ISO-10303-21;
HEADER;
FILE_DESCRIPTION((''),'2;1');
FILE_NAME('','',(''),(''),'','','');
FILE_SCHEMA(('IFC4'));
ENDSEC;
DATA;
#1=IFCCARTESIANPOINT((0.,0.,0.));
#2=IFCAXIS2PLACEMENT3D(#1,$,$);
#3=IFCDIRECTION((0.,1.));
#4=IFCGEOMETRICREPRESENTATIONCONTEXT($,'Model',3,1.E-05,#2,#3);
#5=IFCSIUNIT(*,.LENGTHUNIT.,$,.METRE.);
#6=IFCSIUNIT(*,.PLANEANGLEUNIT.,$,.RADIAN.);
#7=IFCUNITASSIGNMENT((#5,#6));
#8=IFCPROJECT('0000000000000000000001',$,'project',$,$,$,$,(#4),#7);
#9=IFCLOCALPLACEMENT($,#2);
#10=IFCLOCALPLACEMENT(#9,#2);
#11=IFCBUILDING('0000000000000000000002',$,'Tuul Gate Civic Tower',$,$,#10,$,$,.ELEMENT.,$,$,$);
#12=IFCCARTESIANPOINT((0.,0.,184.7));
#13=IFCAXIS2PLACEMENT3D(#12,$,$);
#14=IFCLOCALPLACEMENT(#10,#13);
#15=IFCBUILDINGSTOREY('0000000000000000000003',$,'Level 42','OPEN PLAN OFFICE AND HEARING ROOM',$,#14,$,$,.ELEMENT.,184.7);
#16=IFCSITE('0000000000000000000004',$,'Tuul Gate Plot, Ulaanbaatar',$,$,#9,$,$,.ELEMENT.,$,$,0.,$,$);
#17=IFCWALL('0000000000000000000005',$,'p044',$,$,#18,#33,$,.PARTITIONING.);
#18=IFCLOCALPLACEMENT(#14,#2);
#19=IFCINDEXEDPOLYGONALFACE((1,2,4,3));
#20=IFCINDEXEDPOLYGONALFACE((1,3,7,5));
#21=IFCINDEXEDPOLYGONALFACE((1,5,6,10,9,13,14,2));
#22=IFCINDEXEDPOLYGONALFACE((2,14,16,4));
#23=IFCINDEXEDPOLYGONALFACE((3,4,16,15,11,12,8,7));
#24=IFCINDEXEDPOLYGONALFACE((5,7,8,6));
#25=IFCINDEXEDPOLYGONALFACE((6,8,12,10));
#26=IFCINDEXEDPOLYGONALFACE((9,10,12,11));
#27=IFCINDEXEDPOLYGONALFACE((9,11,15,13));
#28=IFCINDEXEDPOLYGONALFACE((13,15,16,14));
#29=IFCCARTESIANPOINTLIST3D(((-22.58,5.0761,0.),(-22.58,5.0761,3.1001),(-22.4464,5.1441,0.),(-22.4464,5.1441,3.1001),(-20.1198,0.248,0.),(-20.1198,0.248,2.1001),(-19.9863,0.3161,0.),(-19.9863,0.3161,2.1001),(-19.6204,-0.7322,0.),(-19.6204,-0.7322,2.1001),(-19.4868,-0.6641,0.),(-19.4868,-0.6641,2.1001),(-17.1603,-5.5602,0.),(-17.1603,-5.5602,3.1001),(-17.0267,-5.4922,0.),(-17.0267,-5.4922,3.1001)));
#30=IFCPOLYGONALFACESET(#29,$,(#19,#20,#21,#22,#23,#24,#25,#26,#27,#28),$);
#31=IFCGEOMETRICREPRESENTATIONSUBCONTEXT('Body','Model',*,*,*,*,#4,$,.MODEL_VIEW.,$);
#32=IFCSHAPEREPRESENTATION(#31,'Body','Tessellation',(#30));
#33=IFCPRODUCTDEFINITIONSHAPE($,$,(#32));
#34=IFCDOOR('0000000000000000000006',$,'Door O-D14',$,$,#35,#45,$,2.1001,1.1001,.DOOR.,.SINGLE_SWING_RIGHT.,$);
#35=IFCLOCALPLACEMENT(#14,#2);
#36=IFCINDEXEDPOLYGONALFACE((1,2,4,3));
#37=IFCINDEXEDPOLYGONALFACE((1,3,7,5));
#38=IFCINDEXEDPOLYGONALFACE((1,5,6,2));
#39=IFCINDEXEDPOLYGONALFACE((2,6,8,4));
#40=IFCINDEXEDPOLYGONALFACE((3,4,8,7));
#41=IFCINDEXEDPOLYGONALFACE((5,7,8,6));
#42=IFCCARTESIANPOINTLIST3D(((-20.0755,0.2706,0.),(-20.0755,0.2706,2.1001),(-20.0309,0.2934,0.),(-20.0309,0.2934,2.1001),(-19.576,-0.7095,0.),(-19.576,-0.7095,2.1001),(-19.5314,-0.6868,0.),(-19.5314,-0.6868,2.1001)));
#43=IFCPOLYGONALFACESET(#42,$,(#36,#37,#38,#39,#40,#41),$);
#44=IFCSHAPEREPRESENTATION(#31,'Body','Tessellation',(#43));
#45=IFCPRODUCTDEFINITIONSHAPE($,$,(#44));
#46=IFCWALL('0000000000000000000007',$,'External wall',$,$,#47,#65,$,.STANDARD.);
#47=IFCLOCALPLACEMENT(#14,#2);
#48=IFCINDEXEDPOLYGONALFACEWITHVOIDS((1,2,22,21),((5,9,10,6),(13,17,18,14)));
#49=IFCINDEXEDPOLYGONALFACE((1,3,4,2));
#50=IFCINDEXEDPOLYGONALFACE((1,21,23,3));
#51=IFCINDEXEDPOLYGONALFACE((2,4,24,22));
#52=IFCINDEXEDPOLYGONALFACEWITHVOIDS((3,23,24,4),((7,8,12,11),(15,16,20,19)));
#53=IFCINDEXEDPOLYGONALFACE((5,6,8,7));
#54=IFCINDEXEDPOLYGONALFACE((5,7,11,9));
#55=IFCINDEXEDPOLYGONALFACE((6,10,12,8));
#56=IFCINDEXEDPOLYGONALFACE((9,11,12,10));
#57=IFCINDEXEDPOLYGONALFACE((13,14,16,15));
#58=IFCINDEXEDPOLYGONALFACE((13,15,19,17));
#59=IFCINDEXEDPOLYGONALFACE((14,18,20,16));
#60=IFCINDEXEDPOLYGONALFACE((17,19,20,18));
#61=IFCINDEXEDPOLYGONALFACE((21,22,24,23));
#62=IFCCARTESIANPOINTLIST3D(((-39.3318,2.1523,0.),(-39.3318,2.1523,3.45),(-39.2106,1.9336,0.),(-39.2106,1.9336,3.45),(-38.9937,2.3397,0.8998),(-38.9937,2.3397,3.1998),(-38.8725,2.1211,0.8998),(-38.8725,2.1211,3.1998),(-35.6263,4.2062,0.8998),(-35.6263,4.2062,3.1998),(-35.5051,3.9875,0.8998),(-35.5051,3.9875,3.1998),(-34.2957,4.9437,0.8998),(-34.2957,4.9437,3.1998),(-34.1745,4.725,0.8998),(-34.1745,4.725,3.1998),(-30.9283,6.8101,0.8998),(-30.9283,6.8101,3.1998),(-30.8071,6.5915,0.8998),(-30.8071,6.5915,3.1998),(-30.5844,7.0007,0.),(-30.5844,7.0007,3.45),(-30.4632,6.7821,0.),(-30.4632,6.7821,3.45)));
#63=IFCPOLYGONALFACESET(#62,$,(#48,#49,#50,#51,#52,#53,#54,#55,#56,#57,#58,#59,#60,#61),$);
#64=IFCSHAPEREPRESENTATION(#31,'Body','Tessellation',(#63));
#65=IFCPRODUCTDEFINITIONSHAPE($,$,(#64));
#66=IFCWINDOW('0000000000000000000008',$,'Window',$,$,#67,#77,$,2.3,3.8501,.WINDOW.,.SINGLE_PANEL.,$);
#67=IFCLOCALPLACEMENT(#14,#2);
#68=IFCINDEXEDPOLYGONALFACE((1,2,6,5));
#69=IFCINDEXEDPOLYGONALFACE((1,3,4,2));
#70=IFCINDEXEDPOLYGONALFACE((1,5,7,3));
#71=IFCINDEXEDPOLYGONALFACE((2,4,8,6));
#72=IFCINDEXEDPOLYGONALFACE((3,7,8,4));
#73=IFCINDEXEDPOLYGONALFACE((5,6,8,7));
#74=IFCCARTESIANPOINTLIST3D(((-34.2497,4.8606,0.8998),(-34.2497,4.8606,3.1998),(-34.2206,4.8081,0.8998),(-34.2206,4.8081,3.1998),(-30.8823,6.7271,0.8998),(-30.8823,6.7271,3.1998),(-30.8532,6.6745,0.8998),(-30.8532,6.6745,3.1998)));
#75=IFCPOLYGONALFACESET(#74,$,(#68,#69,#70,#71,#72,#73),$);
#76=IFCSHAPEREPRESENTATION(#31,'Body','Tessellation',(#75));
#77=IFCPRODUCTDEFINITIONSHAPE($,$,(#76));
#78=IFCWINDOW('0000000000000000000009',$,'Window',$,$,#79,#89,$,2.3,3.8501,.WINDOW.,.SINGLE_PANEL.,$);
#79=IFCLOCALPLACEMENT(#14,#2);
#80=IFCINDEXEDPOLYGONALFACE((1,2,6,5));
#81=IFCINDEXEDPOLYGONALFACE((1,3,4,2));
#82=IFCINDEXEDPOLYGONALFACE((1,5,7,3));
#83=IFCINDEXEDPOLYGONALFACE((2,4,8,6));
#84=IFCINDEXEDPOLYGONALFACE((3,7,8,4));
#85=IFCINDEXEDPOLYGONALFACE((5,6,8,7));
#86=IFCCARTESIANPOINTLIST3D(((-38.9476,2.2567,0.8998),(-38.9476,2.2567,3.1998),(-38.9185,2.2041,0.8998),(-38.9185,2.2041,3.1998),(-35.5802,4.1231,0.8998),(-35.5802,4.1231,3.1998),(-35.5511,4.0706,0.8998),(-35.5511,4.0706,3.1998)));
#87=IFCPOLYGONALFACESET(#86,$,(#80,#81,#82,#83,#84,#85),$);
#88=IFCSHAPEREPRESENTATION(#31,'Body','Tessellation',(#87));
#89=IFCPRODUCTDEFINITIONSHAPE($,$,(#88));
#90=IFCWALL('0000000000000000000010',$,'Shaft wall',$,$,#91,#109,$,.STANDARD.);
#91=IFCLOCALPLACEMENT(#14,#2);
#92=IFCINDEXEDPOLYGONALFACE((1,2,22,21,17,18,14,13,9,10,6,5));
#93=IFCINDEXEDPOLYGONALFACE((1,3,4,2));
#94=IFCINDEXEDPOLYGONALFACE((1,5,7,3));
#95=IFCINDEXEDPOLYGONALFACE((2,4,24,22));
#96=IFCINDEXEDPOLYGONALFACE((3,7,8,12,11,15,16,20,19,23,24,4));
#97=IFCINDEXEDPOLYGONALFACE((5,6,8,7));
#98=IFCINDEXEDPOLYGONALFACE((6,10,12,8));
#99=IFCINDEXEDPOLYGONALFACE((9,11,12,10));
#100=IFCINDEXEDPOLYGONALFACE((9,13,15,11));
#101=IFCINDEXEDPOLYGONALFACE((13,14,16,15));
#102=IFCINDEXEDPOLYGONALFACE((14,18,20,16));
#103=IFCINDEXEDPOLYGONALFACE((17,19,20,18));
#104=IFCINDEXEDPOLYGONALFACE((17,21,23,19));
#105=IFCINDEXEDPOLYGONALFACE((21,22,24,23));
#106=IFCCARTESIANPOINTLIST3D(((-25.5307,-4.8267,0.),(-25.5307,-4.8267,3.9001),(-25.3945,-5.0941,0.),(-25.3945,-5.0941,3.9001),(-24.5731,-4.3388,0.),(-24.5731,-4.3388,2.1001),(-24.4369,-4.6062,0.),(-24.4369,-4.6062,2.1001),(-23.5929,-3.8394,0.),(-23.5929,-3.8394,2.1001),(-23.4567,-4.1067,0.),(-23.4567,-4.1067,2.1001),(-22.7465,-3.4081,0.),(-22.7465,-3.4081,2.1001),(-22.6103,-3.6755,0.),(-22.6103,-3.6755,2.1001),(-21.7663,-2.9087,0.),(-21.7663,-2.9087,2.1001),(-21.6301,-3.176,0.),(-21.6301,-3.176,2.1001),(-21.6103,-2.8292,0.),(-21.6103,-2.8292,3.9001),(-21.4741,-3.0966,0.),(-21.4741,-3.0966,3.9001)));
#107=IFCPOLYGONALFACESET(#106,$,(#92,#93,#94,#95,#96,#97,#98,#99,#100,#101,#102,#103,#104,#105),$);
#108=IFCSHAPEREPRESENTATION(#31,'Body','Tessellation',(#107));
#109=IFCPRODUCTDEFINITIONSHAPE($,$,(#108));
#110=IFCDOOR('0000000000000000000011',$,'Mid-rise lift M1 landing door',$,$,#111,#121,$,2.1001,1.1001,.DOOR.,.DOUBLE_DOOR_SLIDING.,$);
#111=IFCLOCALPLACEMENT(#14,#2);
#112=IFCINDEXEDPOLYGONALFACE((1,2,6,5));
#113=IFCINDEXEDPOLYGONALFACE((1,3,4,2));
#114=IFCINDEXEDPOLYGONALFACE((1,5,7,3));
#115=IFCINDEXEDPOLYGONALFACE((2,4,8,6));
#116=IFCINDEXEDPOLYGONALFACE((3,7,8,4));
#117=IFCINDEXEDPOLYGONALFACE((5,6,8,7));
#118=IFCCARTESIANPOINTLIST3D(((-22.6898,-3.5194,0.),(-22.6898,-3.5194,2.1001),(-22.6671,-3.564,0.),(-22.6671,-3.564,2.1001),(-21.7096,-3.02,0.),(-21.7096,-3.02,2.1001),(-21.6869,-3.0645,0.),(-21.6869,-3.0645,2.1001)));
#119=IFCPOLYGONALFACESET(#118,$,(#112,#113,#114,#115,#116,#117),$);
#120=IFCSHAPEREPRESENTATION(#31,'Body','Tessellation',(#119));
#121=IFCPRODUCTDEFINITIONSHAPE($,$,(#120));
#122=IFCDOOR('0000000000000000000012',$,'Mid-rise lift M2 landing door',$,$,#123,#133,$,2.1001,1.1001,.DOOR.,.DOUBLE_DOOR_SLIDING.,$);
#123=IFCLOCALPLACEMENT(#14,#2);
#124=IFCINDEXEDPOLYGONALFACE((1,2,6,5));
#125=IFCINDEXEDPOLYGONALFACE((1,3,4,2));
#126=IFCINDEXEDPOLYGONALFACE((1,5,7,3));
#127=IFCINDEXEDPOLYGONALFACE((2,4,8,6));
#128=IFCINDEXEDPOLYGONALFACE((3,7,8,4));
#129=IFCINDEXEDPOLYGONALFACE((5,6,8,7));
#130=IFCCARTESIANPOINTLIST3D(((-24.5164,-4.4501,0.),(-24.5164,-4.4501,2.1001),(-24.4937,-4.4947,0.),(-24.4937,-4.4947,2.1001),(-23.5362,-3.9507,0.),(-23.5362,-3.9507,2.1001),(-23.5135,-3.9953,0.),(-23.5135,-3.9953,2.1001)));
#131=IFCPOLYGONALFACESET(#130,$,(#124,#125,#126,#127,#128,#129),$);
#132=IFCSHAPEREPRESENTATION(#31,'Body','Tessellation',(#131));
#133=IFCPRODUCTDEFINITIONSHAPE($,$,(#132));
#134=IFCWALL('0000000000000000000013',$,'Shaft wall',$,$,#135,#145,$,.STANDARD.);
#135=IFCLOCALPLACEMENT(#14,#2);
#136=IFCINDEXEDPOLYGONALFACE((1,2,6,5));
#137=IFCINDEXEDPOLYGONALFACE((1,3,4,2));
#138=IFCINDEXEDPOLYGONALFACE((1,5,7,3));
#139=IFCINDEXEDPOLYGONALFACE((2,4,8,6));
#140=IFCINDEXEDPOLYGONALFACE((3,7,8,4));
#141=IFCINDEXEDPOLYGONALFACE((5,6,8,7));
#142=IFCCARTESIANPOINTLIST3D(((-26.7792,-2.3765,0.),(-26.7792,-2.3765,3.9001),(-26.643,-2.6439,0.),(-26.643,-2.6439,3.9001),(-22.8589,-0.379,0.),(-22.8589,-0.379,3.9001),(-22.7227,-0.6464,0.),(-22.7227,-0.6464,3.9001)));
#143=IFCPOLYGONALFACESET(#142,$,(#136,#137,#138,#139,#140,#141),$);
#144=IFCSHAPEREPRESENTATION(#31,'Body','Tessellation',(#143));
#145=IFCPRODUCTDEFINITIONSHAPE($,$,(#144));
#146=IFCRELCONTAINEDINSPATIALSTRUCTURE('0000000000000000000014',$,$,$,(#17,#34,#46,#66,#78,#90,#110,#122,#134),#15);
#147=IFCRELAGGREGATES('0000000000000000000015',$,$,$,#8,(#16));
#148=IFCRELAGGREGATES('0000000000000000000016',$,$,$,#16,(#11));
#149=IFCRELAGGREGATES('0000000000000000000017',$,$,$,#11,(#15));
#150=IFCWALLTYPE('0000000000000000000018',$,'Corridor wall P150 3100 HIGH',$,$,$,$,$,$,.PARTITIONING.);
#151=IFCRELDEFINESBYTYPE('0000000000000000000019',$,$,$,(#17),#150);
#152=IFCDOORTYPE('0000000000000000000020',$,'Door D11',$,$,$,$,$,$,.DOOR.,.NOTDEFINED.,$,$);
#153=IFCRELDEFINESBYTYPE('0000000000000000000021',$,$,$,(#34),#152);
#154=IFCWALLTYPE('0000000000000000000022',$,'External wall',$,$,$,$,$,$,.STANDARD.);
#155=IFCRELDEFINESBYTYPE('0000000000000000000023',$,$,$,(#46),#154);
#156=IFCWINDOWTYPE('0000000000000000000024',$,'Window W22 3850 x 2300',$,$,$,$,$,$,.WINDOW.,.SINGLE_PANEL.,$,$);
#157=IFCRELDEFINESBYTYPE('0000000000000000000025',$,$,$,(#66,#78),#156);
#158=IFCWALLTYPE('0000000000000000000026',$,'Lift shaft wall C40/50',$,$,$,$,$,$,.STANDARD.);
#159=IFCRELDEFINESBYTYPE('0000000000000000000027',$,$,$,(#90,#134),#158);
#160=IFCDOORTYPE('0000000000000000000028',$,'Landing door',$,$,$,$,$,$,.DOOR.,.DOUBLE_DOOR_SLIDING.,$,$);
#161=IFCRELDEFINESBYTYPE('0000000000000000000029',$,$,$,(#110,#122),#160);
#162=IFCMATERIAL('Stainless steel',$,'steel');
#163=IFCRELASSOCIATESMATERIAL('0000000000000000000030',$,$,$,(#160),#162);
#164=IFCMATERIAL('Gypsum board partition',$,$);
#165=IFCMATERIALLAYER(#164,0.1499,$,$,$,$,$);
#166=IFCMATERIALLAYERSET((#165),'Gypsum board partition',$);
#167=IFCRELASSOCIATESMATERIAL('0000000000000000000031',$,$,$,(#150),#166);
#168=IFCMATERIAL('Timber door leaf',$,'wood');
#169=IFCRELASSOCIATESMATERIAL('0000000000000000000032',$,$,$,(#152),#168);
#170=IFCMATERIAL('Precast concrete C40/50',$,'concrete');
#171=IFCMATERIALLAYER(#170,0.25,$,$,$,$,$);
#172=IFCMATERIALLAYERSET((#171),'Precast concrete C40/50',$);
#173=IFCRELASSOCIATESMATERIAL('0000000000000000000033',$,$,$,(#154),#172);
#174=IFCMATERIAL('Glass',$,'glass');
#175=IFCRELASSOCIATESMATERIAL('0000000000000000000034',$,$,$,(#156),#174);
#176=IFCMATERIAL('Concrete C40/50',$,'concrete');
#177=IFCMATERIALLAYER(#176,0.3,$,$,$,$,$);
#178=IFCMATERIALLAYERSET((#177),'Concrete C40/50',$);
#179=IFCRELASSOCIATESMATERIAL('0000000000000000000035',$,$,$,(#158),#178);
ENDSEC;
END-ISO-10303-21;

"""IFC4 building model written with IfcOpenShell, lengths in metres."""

from ifc_helpers import new_model, si_unit, direction, frame, frame_2d, origin, place, context, subcontext, project, spatial, rectangle, extrude, material, layer, layer_set, type_object, element, fill, save


model = new_model("IFC4")

# Units and contexts
model_context = context("Model", 3, precision=1e-05, world=origin(), true_north=direction((0.0, 1.0)))
body_context = subcontext(model_context, "Body", "Model", "MODEL_VIEW")
ifc_project = project(units=[si_unit("LENGTHUNIT", "METRE"), si_unit("PLANEANGLEUNIT", "RADIAN")], contexts=[model_context])

# Site, building, storey
site_placement = place(None, origin())
site = spatial("IfcSite", under=ifc_project, at=site_placement, Name="Tuul Gate Plot, Ulaanbaatar", CompositionType="ELEMENT", RefElevation=0.0)
building_placement = place(site_placement, origin())
building = spatial("IfcBuilding", under=site, at=building_placement, Name="Tuul Gate Civic Tower", CompositionType="ELEMENT")
storey_placement = place(building_placement, frame((0.0, 0.0, 184.7)))
storey = spatial("IfcBuildingStorey", under=building, at=storey_placement, Name="Level 42", Description="OPEN PLAN OFFICE AND HEARING ROOM", CompositionType="ELEMENT", Elevation=184.7)

# Shared definitions
ifc_material_1 = material(Name="Stainless steel", Category="steel")
door_type_1 = type_object("IfcDoorType", Name="Landing door", OperationType="DOUBLE_DOOR_SLIDING", PredefinedType="DOOR", material=ifc_material_1)

# Wall, opening, door
ifc_material_2 = material(Name="Gypsum board partition")
ifc_layer_1 = layer(ifc_material_2, 0.1499)
ifc_layer_set_1 = layer_set([ifc_layer_1], Name="Gypsum board partition")
wall_type_1 = type_object("IfcWallType", Name="Corridor wall P150 3100 HIGH", PredefinedType="PARTITIONING", material=ifc_layer_set_1)
wall_1_placement = place(storey_placement, frame((-22.5132, 5.1101, 0.0), z_axis=(0.0, 0.0, 1.0), x_axis=(0.454007, -0.890998, 0.0)))
wall_1 = element("IfcWall", 1, at=wall_1_placement, inside=storey, type_object=wall_type_1, Name="p044", PredefinedType="PARTITIONING", context=body_context, shape_type="SweptSolid", body=[
    extrude(rectangle(XDim=11.9375, YDim=0.1499, at=frame_2d((5.9688, 0.0))), origin(), (0.0, 0.0, 1.0), 3.1001),
])
opening_1_placement = place(wall_1_placement, frame((5.4187, 0.0, 0.0)))
opening_1 = element("IfcOpeningElement", 2, at=opening_1_placement, cuts=wall_1, PredefinedType="OPENING", context=body_context, shape_type="SweptSolid", body=[
    extrude(rectangle(XDim=1.1001, YDim=2.1001, at=frame_2d((0.55, 1.05))), frame((0.0, 0.085, 0.0), z_axis=(0.0, -1.0, 0.0), x_axis=(1.0, 0.0, 0.0)), (0.0, 0.0, 1.0), 0.1699),
])
ifc_material_3 = material(Name="Timber door leaf", Category="wood")
door_type_2 = type_object("IfcDoorType", Name="Door D11", OperationType="NOTDEFINED", PredefinedType="DOOR", material=ifc_material_3)
door_1_placement = place(opening_1_placement, origin())
door_1 = element("IfcDoor", 3, at=door_1_placement, inside=storey, type_object=door_type_2, Name="Door O-D14", OperationType="SINGLE_SWING_RIGHT", OverallHeight=2.1001, OverallWidth=1.1001, PredefinedType="DOOR", context=body_context, shape_type="SweptSolid", body=[
    extrude(rectangle(XDim=1.1001, YDim=2.1001, at=frame_2d((0.55, 1.05))), frame((0.0, 0.0249, 0.0), z_axis=(0.0, -1.0, 0.0), x_axis=(1.0, 0.0, 0.0)), (0.0, 0.0, 1.0), 0.05),
])
fill(opening_1, door_1)

# Wall, openings, windows
ifc_material_4 = material(Name="Precast concrete C40/50", Category="concrete")
ifc_layer_2 = layer(ifc_material_4, 0.25)
ifc_layer_set_2 = layer_set([ifc_layer_2], Name="Precast concrete C40/50")
wall_type_2 = type_object("IfcWallType", Name="External wall", PredefinedType="STANDARD", material=ifc_layer_set_2)
wall_2_placement = place(storey_placement, frame((-30.5239, 6.8914, 0.0), z_axis=(0.0, 0.0, 1.0), x_axis=(-0.874634, -0.484785, 0.0)))
wall_2 = element("IfcWall", 4, at=wall_2_placement, inside=storey, type_object=wall_type_2, Name="External wall", PredefinedType="STANDARD", context=body_context, shape_type="SweptSolid", body=[
    extrude(rectangle(XDim=10.0012, YDim=0.25, at=frame_2d((5.0005, 0.0))), origin(), (0.0, 0.0, 1.0), 3.45),
])
opening_2_placement = place(wall_2_placement, frame((0.3931, 0.0, 0.8999)))
opening_2 = element("IfcOpeningElement", 5, at=opening_2_placement, cuts=wall_2, PredefinedType="OPENING", context=body_context, shape_type="SweptSolid", body=[
    extrude(rectangle(XDim=3.8501, YDim=2.3, at=frame_2d((1.925, 1.1499))), frame((0.0, 0.135, 0.0), z_axis=(0.0, -1.0, 0.0), x_axis=(1.0, 0.0, 0.0)), (0.0, 0.0, 1.0), 0.27),
])
opening_3_placement = place(wall_2_placement, frame((5.7644, 0.0, 0.8999)))
opening_3 = element("IfcOpeningElement", 6, at=opening_3_placement, cuts=wall_2, PredefinedType="OPENING", context=body_context, shape_type="SweptSolid", body=[
    extrude(rectangle(XDim=3.8501, YDim=2.3, at=frame_2d((1.925, 1.1499))), frame((0.0, 0.135, 0.0), z_axis=(0.0, -1.0, 0.0), x_axis=(1.0, 0.0, 0.0)), (0.0, 0.0, 1.0), 0.27),
])
ifc_material_5 = material(Name="Glass", Category="glass")
window_type = type_object("IfcWindowType", Name="Window W22 3850 x 2300", PartitioningType="SINGLE_PANEL", PredefinedType="WINDOW", material=ifc_material_5)
window_1_placement = place(opening_2_placement, origin())
window_1 = element("IfcWindow", 7, at=window_1_placement, inside=storey, type_object=window_type, Name="Window", OverallHeight=2.3, OverallWidth=3.8501, PartitioningType="SINGLE_PANEL", PredefinedType="WINDOW", context=body_context, shape_type="SweptSolid", body=[
    extrude(rectangle(XDim=3.8501, YDim=2.3, at=frame_2d((1.925, 1.1499))), frame((0.0, 0.03, 0.0), z_axis=(0.0, -1.0, 0.0), x_axis=(1.0, 0.0, 0.0)), (0.0, 0.0, 1.0), 0.0601),
])
fill(opening_2, window_1)
window_2_placement = place(opening_3_placement, origin())
window_2 = element("IfcWindow", 8, at=window_2_placement, inside=storey, type_object=window_type, Name="Window", OverallHeight=2.3, OverallWidth=3.8501, PartitioningType="SINGLE_PANEL", PredefinedType="WINDOW", context=body_context, shape_type="SweptSolid", body=[
    extrude(rectangle(XDim=3.8501, YDim=2.3, at=frame_2d((1.925, 1.1499))), frame((0.0, 0.03, 0.0), z_axis=(0.0, -1.0, 0.0), x_axis=(1.0, 0.0, 0.0)), (0.0, 0.0, 1.0), 0.0601),
])
fill(opening_3, window_2)

# Wall, openings, doors
ifc_material_6 = material(Name="Concrete C40/50", Category="concrete")
ifc_layer_3 = layer(ifc_material_6, 0.3)
ifc_layer_set_3 = layer_set([ifc_layer_3], Name="Concrete C40/50")
wall_type_3 = type_object("IfcWallType", Name="Lift shaft wall C40/50", PredefinedType="STANDARD", material=ifc_layer_set_3)
wall_3_placement = place(storey_placement, frame((-21.5422, -2.9629, 0.0), z_axis=(0.0, 0.0, 1.0), x_axis=(-0.891006, -0.453992, 0.0)))
wall_3 = element("IfcWall", 9, at=wall_3_placement, inside=storey, type_object=wall_type_3, Name="Shaft wall", PredefinedType="STANDARD", context=body_context, shape_type="SweptSolid", body=[
    extrude(rectangle(XDim=4.3999, YDim=0.3, at=frame_2d((2.2, 0.0))), origin(), (0.0, 0.0, 1.0), 3.9001),
])
opening_4_placement = place(wall_3_placement, frame((0.175, 0.0, 0.0)))
opening_4 = element("IfcOpeningElement", 10, at=opening_4_placement, cuts=wall_3, PredefinedType="OPENING", context=body_context, shape_type="SweptSolid", body=[
    extrude(rectangle(XDim=1.1001, YDim=2.1001, at=frame_2d((0.55, 1.05))), frame((0.0, 0.1602, 0.0), z_axis=(0.0, -1.0, 0.0), x_axis=(1.0, 0.0, 0.0)), (0.0, 0.0, 1.0), 0.3201),
])
opening_5_placement = place(wall_3_placement, frame((2.2251, 0.0, 0.0)))
opening_5 = element("IfcOpeningElement", 11, at=opening_5_placement, cuts=wall_3, PredefinedType="OPENING", context=body_context, shape_type="SweptSolid", body=[
    extrude(rectangle(XDim=1.1001, YDim=2.1001, at=frame_2d((0.55, 1.05))), frame((0.0, 0.1602, 0.0), z_axis=(0.0, -1.0, 0.0), x_axis=(1.0, 0.0, 0.0)), (0.0, 0.0, 1.0), 0.3201),
])
door_2_placement = place(opening_4_placement, origin())
door_2 = element("IfcDoor", 12, at=door_2_placement, inside=storey, type_object=door_type_1, Name="Mid-rise lift M1 landing door", OperationType="DOUBLE_DOOR_SLIDING", OverallHeight=2.1001, OverallWidth=1.1001, PredefinedType="DOOR", context=body_context, shape_type="SweptSolid", body=[
    extrude(rectangle(XDim=1.1001, YDim=2.1001, at=frame_2d((0.55, 1.05))), frame((0.0, 0.0249, 0.0), z_axis=(0.0, -1.0, 0.0), x_axis=(1.0, 0.0, 0.0)), (0.0, 0.0, 1.0), 0.05),
])
fill(opening_4, door_2)
door_3_placement = place(opening_5_placement, origin())
door_3 = element("IfcDoor", 13, at=door_3_placement, inside=storey, type_object=door_type_1, Name="Mid-rise lift M2 landing door", OperationType="DOUBLE_DOOR_SLIDING", OverallHeight=2.1001, OverallWidth=1.1001, PredefinedType="DOOR", context=body_context, shape_type="SweptSolid", body=[
    extrude(rectangle(XDim=1.1001, YDim=2.1001, at=frame_2d((0.55, 1.05))), frame((0.0, 0.0249, 0.0), z_axis=(0.0, -1.0, 0.0), x_axis=(1.0, 0.0, 0.0)), (0.0, 0.0, 1.0), 0.05),
])
fill(opening_5, door_3)

# Wall
wall_4_placement = place(storey_placement, frame((-22.7908, -0.5127, 0.0), z_axis=(0.0, 0.0, 1.0), x_axis=(-0.891006, -0.453992, 0.0)))
element("IfcWall", 14, at=wall_4_placement, inside=storey, type_object=wall_type_3, Name="Shaft wall", PredefinedType="STANDARD", context=body_context, shape_type="SweptSolid", body=[
    extrude(rectangle(XDim=4.3999, YDim=0.3, at=frame_2d((2.2, 0.0))), origin(), (0.0, 0.0, 1.0), 3.9001),
])

save(model, "model.ifc")
